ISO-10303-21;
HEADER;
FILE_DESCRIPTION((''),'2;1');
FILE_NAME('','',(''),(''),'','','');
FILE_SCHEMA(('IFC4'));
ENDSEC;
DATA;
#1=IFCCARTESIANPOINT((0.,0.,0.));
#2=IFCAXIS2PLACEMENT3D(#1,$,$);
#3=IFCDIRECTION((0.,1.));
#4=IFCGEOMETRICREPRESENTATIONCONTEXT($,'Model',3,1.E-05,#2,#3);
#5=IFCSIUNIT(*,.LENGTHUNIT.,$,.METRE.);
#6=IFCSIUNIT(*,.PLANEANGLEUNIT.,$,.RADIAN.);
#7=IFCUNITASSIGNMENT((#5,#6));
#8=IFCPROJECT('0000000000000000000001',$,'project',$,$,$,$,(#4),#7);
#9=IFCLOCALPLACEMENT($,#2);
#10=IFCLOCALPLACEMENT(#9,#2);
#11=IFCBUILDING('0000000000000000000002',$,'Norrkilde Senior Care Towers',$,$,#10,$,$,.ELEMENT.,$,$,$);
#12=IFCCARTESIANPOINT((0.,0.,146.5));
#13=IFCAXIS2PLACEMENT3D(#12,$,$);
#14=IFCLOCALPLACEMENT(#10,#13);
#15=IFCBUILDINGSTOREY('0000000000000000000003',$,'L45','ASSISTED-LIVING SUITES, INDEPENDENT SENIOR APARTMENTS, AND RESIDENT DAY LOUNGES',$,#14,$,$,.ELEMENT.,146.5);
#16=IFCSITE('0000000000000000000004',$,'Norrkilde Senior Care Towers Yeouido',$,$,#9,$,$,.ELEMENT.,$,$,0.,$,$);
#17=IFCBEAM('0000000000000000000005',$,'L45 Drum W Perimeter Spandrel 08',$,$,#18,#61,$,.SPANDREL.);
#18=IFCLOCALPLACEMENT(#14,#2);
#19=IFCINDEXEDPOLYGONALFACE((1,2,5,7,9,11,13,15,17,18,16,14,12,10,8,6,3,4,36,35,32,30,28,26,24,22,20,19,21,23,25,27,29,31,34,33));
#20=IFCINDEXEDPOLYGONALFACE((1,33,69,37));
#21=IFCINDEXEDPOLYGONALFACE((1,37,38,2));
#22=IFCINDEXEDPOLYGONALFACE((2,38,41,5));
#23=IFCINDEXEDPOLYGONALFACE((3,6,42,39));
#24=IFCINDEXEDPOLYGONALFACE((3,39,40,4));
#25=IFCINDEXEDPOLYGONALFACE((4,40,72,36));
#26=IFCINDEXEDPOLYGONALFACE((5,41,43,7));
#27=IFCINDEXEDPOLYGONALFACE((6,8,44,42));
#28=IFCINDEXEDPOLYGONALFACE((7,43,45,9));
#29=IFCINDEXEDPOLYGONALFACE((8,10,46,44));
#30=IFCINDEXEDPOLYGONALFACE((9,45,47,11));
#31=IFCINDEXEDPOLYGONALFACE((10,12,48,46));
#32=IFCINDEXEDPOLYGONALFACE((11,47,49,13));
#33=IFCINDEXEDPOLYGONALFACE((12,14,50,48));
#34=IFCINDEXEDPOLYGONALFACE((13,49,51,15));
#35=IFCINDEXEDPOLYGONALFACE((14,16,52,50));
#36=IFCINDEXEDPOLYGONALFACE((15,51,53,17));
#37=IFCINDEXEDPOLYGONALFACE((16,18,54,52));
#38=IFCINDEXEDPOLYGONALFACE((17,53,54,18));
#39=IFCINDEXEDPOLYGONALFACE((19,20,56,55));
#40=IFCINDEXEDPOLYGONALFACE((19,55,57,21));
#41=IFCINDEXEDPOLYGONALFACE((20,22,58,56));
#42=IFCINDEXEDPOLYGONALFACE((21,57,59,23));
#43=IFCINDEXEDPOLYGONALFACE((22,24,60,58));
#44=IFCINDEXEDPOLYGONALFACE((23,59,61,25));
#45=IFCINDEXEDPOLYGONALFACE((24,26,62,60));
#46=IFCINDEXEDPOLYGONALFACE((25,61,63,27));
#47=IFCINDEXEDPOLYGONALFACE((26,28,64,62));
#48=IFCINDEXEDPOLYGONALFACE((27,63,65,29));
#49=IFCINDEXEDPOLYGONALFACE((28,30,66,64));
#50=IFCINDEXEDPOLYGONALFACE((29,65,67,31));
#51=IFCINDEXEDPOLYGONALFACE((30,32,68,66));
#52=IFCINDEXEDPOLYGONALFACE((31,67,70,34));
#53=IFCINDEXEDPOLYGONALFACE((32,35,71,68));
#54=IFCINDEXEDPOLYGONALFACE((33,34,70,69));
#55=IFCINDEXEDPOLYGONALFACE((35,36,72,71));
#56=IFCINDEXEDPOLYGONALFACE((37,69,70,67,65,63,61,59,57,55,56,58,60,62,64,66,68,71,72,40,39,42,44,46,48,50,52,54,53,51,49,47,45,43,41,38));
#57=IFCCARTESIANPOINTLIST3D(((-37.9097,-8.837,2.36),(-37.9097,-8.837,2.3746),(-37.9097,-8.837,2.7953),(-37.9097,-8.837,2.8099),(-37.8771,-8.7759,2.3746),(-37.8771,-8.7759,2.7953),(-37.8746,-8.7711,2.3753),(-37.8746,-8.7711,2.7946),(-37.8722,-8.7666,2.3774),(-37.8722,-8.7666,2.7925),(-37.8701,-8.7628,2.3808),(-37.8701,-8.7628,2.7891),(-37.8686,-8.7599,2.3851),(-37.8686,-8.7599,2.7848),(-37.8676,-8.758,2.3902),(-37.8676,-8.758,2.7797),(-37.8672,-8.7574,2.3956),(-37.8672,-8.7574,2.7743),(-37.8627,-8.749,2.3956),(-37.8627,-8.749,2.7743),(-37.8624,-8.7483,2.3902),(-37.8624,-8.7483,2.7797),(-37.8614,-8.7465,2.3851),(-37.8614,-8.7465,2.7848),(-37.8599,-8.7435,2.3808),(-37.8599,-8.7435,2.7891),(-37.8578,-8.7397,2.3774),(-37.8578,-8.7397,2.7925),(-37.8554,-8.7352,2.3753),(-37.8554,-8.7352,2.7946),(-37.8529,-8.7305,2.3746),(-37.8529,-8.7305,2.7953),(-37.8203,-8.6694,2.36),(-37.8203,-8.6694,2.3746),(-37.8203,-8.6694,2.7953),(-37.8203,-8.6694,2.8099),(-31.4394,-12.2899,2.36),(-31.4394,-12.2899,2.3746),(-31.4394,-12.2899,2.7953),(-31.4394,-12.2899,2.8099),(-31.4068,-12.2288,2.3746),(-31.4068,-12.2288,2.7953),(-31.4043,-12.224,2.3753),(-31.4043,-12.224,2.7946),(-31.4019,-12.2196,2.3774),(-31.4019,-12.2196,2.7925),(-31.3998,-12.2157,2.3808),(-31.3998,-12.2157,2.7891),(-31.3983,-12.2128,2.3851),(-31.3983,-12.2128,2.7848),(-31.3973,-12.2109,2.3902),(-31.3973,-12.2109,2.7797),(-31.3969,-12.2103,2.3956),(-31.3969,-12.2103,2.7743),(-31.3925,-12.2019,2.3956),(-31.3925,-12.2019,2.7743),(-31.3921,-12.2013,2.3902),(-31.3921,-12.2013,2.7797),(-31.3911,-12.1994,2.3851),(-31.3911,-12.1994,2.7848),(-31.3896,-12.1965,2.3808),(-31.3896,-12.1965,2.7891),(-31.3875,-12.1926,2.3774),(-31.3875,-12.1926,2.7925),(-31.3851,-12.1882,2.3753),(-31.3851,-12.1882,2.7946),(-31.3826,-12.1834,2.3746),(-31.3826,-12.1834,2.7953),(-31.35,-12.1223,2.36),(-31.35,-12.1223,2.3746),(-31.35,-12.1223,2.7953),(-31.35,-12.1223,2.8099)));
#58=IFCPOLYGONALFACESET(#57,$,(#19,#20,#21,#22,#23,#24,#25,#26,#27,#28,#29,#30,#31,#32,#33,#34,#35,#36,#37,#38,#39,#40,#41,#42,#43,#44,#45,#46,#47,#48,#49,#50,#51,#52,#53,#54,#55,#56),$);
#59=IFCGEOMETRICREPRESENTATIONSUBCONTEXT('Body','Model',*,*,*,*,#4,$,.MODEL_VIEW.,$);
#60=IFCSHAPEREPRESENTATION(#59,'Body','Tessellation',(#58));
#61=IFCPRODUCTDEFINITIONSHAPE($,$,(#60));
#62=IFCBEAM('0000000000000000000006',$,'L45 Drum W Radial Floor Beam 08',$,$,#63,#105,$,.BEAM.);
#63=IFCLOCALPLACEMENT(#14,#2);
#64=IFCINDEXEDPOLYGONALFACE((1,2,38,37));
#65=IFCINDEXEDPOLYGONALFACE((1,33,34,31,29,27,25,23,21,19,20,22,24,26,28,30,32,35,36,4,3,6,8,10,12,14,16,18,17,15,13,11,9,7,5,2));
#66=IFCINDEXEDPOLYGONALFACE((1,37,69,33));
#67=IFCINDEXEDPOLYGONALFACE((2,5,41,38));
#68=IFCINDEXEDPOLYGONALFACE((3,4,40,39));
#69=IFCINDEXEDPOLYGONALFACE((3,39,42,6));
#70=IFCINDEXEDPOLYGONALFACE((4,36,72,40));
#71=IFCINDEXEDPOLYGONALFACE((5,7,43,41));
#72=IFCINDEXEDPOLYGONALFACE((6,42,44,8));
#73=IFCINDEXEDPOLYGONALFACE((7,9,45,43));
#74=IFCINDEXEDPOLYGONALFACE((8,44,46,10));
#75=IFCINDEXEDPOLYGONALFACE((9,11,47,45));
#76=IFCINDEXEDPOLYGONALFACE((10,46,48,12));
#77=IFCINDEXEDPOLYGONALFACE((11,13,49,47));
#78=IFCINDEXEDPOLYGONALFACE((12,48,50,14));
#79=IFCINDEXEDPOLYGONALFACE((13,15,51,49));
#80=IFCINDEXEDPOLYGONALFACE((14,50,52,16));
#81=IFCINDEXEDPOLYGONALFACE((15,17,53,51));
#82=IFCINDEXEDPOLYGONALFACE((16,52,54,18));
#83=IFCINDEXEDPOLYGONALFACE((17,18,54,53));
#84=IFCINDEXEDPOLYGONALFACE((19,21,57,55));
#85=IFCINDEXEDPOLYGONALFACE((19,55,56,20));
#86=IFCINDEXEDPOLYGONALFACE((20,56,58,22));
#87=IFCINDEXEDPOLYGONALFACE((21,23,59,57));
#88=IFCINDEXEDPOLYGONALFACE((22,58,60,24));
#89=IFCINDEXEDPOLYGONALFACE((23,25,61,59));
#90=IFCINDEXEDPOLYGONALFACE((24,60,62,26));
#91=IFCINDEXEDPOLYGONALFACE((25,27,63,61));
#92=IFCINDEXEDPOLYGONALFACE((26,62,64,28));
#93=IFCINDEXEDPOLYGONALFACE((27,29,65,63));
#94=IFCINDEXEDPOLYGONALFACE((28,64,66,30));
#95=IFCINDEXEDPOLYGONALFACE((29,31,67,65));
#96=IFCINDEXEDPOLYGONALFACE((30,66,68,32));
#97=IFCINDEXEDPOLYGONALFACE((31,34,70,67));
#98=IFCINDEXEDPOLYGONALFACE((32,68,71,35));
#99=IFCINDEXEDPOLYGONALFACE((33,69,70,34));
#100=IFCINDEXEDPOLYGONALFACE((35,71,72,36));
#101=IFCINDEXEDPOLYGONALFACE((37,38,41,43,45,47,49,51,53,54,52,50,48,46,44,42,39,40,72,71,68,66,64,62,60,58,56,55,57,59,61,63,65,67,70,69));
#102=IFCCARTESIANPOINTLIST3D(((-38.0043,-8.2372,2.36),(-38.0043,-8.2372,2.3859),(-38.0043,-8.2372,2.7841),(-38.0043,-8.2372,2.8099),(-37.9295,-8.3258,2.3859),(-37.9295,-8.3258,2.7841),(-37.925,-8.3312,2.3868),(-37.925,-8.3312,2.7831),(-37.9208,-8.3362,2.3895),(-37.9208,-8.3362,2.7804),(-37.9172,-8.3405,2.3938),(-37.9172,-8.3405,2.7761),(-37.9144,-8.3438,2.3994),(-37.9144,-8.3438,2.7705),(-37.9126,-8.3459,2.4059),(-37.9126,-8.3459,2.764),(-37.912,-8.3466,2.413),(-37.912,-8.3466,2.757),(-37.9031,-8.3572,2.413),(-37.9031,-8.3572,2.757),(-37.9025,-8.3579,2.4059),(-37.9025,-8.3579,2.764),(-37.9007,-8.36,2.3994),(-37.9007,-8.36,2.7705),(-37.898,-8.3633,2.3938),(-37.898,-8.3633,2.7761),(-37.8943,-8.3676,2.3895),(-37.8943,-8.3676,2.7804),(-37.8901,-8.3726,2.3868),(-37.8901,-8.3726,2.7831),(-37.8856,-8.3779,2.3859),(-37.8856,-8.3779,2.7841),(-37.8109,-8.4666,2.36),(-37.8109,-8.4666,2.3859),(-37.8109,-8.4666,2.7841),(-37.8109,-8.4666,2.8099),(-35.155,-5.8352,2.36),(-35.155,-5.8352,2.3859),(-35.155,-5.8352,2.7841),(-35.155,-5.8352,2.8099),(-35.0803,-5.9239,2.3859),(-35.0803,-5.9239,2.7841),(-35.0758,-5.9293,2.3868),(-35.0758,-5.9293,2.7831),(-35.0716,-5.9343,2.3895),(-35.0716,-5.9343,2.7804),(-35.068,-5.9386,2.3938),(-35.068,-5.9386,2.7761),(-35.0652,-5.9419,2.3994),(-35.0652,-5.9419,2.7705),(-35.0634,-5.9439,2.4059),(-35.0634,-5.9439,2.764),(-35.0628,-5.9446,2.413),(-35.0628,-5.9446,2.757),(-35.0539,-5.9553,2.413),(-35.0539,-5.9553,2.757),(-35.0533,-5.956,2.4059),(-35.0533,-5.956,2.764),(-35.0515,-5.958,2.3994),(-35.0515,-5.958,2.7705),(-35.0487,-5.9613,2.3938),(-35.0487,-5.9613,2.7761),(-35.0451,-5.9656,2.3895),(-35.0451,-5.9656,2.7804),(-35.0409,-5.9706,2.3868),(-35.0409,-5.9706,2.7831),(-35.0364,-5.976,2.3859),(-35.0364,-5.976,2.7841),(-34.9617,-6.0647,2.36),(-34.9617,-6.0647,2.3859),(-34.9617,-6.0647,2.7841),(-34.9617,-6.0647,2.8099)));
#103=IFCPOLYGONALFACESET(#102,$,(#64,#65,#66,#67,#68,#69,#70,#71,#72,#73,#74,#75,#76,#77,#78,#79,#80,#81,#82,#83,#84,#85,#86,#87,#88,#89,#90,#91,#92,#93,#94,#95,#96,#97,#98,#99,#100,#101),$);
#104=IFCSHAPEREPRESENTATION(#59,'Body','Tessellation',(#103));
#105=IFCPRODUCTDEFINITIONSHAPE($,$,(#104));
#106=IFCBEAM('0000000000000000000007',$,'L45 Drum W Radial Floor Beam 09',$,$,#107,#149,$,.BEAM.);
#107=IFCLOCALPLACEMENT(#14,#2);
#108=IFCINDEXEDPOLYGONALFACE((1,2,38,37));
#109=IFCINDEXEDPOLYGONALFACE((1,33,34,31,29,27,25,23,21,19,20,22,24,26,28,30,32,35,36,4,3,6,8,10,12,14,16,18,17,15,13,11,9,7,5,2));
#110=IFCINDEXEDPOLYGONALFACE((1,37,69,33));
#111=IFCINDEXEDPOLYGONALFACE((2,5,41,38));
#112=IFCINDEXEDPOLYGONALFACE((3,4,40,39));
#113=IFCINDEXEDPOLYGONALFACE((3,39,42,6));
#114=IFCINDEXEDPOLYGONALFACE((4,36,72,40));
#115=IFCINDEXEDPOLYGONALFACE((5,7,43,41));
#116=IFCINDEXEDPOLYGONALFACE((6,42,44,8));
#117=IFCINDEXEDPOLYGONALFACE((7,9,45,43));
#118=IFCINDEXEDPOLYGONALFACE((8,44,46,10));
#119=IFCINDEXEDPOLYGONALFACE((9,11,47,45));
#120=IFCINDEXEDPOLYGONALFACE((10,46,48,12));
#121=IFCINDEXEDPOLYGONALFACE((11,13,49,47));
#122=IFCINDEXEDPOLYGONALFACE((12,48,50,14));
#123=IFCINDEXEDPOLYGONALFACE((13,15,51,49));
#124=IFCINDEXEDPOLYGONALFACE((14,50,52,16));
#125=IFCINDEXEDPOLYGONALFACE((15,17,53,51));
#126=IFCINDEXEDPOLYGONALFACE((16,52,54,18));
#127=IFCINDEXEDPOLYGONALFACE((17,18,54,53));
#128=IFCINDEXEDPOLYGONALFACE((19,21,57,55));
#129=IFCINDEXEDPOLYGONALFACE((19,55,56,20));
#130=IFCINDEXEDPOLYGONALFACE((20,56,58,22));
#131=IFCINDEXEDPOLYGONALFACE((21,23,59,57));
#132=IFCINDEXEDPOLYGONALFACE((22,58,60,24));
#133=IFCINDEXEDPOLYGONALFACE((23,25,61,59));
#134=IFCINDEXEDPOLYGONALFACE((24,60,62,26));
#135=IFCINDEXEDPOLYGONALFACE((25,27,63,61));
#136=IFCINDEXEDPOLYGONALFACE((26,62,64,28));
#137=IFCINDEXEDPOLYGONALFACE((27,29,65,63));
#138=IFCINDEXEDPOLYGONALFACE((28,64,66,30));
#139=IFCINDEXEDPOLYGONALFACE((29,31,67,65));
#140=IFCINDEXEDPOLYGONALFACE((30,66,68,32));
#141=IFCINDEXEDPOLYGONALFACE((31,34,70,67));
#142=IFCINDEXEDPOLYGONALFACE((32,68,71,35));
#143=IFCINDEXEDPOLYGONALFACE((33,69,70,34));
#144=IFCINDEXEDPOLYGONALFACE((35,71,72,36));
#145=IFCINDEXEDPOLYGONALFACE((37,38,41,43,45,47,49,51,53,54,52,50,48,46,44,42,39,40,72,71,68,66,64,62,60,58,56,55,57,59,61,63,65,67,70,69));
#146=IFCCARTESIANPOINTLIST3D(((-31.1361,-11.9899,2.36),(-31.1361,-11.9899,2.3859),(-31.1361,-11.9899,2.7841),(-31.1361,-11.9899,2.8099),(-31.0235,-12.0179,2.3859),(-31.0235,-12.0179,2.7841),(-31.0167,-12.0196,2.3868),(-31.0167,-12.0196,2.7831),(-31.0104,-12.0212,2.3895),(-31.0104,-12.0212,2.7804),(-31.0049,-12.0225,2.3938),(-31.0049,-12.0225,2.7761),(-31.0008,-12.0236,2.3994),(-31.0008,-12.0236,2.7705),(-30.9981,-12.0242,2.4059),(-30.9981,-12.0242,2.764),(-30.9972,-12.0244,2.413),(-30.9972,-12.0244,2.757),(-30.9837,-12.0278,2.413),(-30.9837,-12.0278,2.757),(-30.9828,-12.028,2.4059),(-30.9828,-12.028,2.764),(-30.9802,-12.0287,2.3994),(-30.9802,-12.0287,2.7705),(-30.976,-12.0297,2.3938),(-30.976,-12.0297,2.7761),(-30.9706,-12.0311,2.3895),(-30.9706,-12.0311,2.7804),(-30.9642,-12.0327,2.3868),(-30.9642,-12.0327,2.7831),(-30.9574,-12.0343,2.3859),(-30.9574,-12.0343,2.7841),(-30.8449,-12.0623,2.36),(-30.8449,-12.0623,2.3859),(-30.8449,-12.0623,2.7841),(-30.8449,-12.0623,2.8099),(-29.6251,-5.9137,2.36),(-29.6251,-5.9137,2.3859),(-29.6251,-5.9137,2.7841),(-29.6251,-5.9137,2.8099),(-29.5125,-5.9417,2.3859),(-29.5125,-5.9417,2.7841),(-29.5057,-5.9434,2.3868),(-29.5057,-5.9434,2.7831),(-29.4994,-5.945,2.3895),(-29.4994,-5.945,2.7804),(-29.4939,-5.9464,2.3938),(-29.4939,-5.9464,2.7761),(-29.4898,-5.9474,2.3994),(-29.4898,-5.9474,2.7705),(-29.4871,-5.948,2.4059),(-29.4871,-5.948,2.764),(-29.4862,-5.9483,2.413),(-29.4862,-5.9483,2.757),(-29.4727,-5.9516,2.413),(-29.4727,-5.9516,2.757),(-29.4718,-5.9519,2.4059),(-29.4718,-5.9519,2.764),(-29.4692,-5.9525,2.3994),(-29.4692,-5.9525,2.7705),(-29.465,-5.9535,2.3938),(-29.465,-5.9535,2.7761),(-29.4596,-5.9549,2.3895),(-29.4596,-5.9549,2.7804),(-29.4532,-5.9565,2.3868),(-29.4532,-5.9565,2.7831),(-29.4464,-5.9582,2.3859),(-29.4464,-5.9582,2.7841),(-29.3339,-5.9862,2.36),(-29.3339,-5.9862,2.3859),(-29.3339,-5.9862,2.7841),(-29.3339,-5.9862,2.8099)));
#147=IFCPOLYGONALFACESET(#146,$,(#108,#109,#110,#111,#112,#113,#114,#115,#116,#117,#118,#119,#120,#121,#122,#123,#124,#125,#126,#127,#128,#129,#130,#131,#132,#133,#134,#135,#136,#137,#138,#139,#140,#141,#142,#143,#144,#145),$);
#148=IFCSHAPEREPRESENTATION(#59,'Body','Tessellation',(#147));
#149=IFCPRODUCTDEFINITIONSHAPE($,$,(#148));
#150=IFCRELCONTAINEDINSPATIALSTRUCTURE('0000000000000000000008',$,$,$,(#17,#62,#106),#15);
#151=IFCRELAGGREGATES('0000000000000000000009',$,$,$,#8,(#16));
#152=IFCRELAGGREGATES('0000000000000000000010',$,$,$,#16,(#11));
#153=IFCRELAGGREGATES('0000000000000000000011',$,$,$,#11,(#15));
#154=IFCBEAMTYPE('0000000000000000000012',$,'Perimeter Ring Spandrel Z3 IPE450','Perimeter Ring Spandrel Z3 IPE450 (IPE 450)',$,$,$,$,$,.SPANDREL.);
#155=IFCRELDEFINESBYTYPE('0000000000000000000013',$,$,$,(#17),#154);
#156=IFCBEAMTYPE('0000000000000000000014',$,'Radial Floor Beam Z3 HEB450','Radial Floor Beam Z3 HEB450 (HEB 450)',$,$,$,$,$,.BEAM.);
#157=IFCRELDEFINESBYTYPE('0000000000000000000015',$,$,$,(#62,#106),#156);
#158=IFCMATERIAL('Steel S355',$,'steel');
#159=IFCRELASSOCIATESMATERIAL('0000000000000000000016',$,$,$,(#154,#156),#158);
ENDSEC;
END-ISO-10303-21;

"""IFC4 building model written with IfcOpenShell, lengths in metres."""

from ifc_helpers import new_model, si_unit, direction, frame, origin, origin_2d, place, context, subcontext, project, spatial, i_section, extrude, source, transform, mapped, material, material_profile, profile_set, type_object, type_shapes, element, save


model = new_model("IFC4")

# Units and contexts
model_context = context("Model", 3, precision=1e-05, world=origin(), true_north=direction((0.0, 1.0)))
body_context = subcontext(model_context, "Body", "Model", "MODEL_VIEW")
ifc_project = project(units=[si_unit("LENGTHUNIT", "METRE"), si_unit("PLANEANGLEUNIT", "RADIAN")], contexts=[model_context])

# Site, building, storey
site_placement = place(None, origin())
site = spatial("IfcSite", under=ifc_project, at=site_placement, Name="Norrkilde Senior Care Towers Yeouido", CompositionType="ELEMENT", RefElevation=0.0)
building_placement = place(site_placement, origin())
building = spatial("IfcBuilding", under=site, at=building_placement, Name="Norrkilde Senior Care Towers", CompositionType="ELEMENT")
storey_placement = place(building_placement, frame((0.0, 0.0, 146.5)))
storey = spatial("IfcBuildingStorey", under=building, at=storey_placement, Name="L45", Description="ASSISTED-LIVING SUITES, INDEPENDENT SENIOR APARTMENTS, AND RESIDENT DAY LOUNGES", CompositionType="ELEMENT", Elevation=146.5)

# Beams
ifc_material_1 = material(Name="Steel S355", Category="steel")
ifc_material_profile_1 = material_profile(ifc_material_1, i_section(OverallWidth=0.1899, OverallDepth=0.45, WebThickness=0.0095, FlangeThickness=0.0146, FilletRadius=0.021, at=origin_2d()), Name="IPE 450")
ifc_profile_set_1 = profile_set([ifc_material_profile_1], Name="Steel S355")
beam_type_1 = type_object("IfcBeamType", Name="Perimeter Ring Spandrel Z3 IPE450", Description="Perimeter Ring Spandrel Z3 IPE450 (IPE 450)", PredefinedType="SPANDREL", material=ifc_profile_set_1)
shared_shape_1 = source(origin(), body_context, "Body", "SweptSolid", [
    extrude(i_section(OverallWidth=0.1899, OverallDepth=0.45, WebThickness=0.0095, FlangeThickness=0.0146, FilletRadius=0.021, at=origin_2d()), origin(), (0.0, 0.0, 1.0), 7.334),
])
beam_1_placement = place(storey_placement, frame((-37.865, -8.7532, 2.585), z_axis=(0.882234, -0.470811, 0.0), x_axis=(0.470811, 0.882234, 0.0)))
element("IfcBeam", 1, at=beam_1_placement, inside=storey, type_object=beam_type_1, Name="L45 Drum W Perimeter Spandrel 08", PredefinedType="SPANDREL", context=body_context, shape_type="MappedRepresentation", body=[
    mapped(shared_shape_1, transform((0.0, 0.0, 0.0), x_axis=(1.0, 0.0, 0.0), y_axis=(0.0, 1.0, 0.0), z_axis=(0.0, 0.0, 1.0), scale=1.0)),
])
ifc_material_profile_2 = material_profile(ifc_material_1, i_section(OverallWidth=0.3, OverallDepth=0.45, WebThickness=0.0139, FlangeThickness=0.0259, FilletRadius=0.0271, at=origin_2d()), Name="HEB 450")
ifc_profile_set_2 = profile_set([ifc_material_profile_2], Name="Steel S355")
beam_type_2 = type_object("IfcBeamType", Name="Radial Floor Beam Z3 HEB450", Description="Radial Floor Beam Z3 HEB450 (HEB 450)", PredefinedType="BEAM", material=ifc_profile_set_2)
shared_shape_2 = source(origin(), body_context, "Body", "SweptSolid", [
    extrude(i_section(OverallWidth=0.3, OverallDepth=0.45, WebThickness=0.0139, FlangeThickness=0.0259, FilletRadius=0.0271, at=origin_2d()), origin(), (0.0, 0.0, 1.0), 3.7266),
])
beam_2_placement = place(storey_placement, frame((-35.0583, -5.95, 2.585), z_axis=(-0.764568, -0.644543, 0.0), x_axis=(0.644543, -0.764568, 0.0)))
element("IfcBeam", 2, at=beam_2_placement, inside=storey, type_object=beam_type_2, Name="L45 Drum W Radial Floor Beam 08", PredefinedType="BEAM", context=body_context, shape_type="MappedRepresentation", body=[
    mapped(shared_shape_2, transform((0.0, 0.0, 0.0), x_axis=(1.0, 0.0, 0.0), y_axis=(0.0, 1.0, 0.0), z_axis=(0.0, 0.0, 1.0), scale=1.0)),
])
shared_shape_3 = source(origin(), body_context, "Body", "SweptSolid", [
    extrude(i_section(OverallWidth=0.3, OverallDepth=0.45, WebThickness=0.0139, FlangeThickness=0.0259, FilletRadius=0.0271, at=origin_2d()), origin(), (0.0, 0.0, 1.0), 6.2612),
])
type_shapes(beam_type_2, [shared_shape_2, shared_shape_3])
beam_3_placement = place(storey_placement, frame((-29.4795, -5.95, 2.585), z_axis=(-0.241324, -0.970445, 0.0), x_axis=(0.970445, -0.241324, 0.0)))
element("IfcBeam", 3, at=beam_3_placement, inside=storey, type_object=beam_type_2, Name="L45 Drum W Radial Floor Beam 09", PredefinedType="BEAM", context=body_context, shape_type="MappedRepresentation", body=[
    mapped(shared_shape_3, transform((0.0, 0.0, 0.0), x_axis=(1.0, 0.0, 0.0), y_axis=(0.0, 1.0, 0.0), z_axis=(0.0, 0.0, 1.0), scale=1.0)),
])

save(model, "model.ifc")
